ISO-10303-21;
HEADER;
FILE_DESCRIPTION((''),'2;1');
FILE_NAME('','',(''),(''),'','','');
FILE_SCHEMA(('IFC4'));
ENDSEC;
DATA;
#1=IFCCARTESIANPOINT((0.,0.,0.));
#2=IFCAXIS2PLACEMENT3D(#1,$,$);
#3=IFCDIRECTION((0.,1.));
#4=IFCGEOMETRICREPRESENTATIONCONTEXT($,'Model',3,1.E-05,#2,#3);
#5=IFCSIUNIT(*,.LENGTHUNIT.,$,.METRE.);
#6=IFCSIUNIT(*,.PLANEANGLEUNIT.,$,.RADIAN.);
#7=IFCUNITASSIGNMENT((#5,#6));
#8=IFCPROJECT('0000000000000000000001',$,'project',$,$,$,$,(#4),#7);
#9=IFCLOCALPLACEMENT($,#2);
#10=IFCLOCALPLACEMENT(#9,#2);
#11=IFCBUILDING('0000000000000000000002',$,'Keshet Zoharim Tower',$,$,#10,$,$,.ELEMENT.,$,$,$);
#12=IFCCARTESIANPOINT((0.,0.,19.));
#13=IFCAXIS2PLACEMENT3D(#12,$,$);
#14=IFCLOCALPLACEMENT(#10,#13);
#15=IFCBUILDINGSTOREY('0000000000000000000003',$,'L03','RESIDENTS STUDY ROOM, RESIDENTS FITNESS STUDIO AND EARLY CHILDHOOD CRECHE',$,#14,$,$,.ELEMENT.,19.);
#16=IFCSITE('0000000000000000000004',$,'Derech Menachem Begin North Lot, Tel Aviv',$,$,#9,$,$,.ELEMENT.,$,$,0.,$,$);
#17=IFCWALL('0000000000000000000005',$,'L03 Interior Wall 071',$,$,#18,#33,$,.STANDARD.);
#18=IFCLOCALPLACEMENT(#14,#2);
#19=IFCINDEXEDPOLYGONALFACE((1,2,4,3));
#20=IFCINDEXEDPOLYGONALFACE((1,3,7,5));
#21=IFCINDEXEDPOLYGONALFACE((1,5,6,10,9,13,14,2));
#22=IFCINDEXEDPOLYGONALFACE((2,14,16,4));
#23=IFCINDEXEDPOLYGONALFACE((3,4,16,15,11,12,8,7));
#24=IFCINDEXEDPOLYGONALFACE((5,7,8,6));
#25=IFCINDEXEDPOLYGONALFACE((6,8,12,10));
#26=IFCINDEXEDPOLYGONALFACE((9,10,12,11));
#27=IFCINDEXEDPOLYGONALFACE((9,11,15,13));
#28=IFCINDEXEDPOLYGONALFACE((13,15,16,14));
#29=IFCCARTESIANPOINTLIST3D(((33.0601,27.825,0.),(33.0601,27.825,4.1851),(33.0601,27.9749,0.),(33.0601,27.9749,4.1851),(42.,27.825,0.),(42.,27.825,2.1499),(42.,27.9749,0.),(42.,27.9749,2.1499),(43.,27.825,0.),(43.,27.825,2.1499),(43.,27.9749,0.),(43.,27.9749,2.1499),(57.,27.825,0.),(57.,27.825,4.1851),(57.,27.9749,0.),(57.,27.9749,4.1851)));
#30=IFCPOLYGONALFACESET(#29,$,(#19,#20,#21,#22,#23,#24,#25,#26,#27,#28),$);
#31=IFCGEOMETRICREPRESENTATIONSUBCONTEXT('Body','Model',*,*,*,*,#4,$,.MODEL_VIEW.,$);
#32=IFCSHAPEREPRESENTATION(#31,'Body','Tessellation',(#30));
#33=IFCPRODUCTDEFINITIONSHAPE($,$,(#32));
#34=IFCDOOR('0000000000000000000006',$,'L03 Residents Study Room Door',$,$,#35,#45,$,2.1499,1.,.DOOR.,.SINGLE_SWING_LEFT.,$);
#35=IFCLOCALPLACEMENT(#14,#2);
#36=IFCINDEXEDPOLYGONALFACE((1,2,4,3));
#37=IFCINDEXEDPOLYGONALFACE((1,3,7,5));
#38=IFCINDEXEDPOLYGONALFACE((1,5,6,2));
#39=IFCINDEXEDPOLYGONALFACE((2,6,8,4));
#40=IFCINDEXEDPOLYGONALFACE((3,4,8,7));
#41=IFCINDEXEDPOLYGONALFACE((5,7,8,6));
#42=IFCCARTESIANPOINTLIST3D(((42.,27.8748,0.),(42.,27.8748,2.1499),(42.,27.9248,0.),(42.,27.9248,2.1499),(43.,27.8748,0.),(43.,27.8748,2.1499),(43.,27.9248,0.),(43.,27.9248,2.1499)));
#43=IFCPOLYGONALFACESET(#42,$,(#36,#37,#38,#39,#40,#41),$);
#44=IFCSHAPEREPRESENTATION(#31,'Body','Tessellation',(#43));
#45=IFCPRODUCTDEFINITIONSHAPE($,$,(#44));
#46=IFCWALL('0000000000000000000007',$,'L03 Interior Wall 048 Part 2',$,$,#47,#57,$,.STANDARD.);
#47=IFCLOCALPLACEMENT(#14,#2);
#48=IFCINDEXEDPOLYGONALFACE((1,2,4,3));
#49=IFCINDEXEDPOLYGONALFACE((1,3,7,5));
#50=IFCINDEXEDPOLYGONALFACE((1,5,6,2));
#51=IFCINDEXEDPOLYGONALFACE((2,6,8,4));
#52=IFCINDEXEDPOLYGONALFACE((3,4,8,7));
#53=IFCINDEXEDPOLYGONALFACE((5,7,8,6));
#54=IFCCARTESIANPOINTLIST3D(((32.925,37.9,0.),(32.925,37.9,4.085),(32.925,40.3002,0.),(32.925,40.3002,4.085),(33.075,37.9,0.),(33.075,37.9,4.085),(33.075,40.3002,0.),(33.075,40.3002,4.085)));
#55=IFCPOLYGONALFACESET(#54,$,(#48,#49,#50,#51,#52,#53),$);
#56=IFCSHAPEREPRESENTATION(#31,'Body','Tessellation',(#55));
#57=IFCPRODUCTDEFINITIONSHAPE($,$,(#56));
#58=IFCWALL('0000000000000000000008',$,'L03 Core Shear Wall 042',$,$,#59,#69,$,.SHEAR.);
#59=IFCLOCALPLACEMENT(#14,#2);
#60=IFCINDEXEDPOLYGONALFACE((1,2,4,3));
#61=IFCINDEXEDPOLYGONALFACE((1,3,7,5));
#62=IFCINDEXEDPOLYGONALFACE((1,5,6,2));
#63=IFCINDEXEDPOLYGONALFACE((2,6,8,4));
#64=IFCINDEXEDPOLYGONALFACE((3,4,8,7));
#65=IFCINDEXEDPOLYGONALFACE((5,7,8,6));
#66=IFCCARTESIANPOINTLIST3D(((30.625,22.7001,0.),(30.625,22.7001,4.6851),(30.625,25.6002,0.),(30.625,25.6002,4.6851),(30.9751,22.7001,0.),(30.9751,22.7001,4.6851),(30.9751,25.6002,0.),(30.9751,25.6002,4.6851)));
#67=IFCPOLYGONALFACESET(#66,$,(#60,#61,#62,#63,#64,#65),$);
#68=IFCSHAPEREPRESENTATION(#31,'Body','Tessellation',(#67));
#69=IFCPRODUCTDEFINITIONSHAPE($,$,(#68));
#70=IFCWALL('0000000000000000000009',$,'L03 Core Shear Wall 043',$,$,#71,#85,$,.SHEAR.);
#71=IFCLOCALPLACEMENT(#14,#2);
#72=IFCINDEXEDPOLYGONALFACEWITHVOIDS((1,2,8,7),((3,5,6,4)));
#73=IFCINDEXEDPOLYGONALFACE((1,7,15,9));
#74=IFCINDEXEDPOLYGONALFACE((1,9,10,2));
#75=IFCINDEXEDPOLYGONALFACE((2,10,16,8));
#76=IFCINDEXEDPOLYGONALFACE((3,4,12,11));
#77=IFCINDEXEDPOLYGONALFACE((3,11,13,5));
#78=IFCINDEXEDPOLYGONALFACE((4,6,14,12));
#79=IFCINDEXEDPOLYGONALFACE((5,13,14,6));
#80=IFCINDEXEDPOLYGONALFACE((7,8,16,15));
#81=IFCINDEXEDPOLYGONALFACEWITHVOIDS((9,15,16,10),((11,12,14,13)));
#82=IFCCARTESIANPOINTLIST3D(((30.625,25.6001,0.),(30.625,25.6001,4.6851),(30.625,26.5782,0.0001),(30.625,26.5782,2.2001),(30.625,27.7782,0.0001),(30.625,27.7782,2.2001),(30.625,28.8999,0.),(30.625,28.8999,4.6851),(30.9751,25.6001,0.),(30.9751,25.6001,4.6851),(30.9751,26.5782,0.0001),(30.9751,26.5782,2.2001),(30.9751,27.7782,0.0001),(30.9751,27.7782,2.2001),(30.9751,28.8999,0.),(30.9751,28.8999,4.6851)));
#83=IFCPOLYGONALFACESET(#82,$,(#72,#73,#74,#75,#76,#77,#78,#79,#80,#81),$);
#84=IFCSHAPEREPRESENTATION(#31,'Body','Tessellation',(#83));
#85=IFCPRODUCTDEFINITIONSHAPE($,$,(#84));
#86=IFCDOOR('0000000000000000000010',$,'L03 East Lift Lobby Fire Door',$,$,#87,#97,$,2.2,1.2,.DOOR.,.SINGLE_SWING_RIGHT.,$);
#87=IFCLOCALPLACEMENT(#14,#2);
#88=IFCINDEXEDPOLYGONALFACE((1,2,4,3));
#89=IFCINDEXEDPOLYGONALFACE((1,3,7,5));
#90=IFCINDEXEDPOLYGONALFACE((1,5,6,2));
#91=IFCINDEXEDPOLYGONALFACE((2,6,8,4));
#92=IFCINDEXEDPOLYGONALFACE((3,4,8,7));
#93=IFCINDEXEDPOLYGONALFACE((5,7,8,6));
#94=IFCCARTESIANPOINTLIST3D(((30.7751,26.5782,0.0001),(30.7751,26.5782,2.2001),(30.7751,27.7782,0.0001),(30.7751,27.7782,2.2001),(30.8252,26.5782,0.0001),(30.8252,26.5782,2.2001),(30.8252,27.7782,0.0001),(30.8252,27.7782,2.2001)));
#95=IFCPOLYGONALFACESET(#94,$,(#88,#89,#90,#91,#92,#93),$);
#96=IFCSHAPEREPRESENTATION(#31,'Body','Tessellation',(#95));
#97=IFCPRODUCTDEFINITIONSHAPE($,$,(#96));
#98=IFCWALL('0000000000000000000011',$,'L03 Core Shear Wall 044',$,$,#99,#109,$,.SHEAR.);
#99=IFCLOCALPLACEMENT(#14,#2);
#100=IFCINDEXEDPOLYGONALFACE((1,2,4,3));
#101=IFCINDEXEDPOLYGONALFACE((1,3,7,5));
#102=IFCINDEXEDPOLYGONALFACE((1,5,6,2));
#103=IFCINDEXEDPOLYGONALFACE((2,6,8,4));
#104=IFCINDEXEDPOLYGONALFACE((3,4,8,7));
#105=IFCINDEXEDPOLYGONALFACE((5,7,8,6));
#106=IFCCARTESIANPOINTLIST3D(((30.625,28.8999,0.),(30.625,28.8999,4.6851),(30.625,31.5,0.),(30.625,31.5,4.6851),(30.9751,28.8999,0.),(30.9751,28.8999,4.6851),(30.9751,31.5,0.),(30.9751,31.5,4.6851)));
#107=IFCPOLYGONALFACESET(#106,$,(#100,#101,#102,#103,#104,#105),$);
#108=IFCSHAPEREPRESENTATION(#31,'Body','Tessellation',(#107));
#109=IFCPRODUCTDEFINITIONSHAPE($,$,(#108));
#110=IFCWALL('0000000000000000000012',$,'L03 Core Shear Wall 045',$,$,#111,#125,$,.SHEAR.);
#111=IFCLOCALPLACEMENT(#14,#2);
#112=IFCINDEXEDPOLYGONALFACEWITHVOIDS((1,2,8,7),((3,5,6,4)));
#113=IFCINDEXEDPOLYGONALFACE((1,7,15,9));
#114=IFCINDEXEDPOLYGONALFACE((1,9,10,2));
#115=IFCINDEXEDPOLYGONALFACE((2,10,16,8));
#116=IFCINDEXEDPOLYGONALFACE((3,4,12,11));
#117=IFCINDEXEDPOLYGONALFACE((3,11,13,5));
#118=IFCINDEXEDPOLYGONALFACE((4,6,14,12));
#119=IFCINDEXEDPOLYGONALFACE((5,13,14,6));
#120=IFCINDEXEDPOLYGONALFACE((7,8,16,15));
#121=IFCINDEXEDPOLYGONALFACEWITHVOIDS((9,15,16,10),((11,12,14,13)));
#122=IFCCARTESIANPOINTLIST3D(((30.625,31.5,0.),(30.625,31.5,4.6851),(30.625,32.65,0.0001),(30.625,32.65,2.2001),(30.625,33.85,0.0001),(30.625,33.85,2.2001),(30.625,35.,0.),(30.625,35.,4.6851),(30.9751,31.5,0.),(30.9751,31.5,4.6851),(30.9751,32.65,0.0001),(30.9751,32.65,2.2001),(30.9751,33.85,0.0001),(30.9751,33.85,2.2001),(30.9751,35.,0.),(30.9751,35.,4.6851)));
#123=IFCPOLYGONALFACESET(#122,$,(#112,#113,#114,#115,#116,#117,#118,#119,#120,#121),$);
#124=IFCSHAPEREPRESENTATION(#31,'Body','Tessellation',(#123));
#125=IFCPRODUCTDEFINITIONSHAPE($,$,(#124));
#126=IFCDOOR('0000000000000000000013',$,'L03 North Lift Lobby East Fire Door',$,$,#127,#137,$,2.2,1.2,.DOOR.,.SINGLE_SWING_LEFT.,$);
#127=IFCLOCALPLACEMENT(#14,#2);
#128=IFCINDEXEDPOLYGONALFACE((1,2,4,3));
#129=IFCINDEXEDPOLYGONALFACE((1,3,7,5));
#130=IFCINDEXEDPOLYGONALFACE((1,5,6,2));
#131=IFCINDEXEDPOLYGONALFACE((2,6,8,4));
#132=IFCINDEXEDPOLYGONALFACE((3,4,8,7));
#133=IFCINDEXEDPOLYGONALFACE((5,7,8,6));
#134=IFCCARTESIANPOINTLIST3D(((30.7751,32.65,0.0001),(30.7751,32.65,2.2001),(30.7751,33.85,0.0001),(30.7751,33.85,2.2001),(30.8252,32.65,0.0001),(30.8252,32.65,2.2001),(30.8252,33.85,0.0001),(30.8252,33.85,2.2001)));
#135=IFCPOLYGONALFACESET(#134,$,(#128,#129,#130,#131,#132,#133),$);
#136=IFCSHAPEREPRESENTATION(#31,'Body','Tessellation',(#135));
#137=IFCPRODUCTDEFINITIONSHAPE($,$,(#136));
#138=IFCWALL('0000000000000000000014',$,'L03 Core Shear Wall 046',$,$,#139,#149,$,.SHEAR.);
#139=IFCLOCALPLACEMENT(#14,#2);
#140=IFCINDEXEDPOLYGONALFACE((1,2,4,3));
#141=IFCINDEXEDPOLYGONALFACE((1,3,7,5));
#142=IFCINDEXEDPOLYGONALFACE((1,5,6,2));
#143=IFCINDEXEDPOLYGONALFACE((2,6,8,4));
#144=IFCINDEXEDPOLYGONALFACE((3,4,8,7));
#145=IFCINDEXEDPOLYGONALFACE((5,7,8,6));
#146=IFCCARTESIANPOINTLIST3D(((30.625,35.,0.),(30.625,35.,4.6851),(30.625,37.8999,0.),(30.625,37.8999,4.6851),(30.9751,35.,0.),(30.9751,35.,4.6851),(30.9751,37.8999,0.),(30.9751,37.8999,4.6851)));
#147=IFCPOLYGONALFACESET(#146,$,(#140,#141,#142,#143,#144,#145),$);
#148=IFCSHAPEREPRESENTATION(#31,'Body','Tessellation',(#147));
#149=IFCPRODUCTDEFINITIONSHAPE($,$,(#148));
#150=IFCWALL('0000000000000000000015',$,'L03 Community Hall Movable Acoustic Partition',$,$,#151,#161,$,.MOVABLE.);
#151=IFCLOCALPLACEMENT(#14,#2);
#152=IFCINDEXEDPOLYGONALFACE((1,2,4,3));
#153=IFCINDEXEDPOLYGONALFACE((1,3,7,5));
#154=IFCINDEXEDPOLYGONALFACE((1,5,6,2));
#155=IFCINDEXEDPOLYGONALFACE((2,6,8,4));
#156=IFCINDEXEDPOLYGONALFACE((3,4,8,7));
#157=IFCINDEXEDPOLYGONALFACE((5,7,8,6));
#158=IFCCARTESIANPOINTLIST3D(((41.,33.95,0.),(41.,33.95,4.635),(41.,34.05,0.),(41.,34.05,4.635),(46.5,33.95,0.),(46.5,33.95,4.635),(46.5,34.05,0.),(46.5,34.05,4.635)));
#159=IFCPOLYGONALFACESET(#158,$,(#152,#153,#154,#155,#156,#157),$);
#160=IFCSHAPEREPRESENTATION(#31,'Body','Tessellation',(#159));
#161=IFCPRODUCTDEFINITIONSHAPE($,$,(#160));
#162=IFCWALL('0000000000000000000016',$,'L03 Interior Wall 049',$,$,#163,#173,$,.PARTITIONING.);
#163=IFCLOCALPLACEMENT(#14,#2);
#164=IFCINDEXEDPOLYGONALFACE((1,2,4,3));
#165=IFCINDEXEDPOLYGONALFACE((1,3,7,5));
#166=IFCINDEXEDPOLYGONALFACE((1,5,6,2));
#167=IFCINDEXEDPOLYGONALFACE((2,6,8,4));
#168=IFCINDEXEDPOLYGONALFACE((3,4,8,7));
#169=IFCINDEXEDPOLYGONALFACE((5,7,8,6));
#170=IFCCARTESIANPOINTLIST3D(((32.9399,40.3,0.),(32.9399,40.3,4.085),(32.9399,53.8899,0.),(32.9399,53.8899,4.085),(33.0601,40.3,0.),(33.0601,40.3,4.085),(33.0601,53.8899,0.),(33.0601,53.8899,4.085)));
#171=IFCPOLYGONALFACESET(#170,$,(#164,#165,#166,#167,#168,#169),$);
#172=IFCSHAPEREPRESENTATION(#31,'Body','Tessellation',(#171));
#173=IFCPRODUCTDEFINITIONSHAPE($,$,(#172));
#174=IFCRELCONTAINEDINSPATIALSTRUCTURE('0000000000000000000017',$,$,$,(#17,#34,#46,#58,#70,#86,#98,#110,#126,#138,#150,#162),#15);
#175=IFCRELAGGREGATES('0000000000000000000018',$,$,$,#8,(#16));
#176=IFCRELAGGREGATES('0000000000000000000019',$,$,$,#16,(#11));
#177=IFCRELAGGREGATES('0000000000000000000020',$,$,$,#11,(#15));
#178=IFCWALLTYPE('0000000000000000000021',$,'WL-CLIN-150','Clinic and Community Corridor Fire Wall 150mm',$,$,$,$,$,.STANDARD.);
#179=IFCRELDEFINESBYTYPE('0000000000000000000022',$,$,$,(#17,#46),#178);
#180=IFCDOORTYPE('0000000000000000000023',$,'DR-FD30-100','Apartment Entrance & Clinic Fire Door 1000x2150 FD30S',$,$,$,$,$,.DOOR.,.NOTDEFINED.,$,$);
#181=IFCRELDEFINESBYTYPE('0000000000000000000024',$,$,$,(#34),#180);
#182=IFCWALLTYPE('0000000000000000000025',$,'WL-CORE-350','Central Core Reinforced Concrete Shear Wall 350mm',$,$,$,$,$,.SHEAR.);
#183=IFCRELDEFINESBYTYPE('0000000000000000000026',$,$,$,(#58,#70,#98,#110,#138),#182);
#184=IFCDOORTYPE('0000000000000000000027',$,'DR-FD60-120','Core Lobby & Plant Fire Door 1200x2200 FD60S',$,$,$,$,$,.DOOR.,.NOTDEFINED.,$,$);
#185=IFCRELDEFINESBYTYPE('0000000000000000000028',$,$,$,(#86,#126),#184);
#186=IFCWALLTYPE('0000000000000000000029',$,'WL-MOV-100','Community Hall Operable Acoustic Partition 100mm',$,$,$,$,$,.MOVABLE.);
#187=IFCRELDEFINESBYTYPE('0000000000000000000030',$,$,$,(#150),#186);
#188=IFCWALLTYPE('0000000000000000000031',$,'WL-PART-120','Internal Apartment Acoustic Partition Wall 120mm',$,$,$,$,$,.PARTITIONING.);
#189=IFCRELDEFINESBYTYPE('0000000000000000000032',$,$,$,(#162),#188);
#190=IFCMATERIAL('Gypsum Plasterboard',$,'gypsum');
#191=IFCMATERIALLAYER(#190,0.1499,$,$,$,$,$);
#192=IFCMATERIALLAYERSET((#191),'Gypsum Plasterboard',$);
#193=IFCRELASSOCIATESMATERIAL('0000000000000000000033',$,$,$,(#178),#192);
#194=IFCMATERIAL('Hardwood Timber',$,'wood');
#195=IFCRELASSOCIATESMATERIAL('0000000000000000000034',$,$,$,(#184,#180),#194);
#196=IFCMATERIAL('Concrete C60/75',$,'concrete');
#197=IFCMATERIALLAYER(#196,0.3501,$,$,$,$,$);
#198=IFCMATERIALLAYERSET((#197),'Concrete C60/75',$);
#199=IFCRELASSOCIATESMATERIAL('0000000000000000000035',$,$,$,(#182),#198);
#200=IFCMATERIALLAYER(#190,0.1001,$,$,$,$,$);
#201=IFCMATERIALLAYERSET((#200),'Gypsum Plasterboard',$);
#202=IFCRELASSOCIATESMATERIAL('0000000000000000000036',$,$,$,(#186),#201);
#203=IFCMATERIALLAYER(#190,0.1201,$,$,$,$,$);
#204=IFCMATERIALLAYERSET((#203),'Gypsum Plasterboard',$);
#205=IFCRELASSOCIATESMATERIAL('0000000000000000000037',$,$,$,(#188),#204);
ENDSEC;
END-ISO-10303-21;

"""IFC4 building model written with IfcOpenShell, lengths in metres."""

from ifc_helpers import new_model, si_unit, direction, frame, frame_2d, origin, place, context, subcontext, project, spatial, rectangle, extrude, material, layer, layer_set, type_object, element, fill, save


model = new_model("IFC4")

# Units and contexts
model_context = context("Model", 3, precision=1e-05, world=origin(), true_north=direction((0.0, 1.0)))
body_context = subcontext(model_context, "Body", "Model", "MODEL_VIEW")
ifc_project = project(units=[si_unit("LENGTHUNIT", "METRE"), si_unit("PLANEANGLEUNIT", "RADIAN")], contexts=[model_context])

# Site, building, storey
site_placement = place(None, origin())
site = spatial("IfcSite", under=ifc_project, at=site_placement, Name="Derech Menachem Begin North Lot, Tel Aviv", CompositionType="ELEMENT", RefElevation=0.0)
building_placement = place(site_placement, origin())
building = spatial("IfcBuilding", under=site, at=building_placement, Name="Keshet Zoharim Tower", CompositionType="ELEMENT")
storey_placement = place(building_placement, frame((0.0, 0.0, 19.0)))
storey = spatial("IfcBuildingStorey", under=building, at=storey_placement, Name="L03", Description="RESIDENTS STUDY ROOM, RESIDENTS FITNESS STUDIO AND EARLY CHILDHOOD CRECHE", CompositionType="ELEMENT", Elevation=19.0)

# Shared definitions
ifc_material_1 = material(Name="Concrete C60/75", Category="concrete")

# Shared definitions
ifc_material_2 = material(Name="Gypsum Plasterboard", Category="gypsum")
ifc_layer_1 = layer(ifc_material_2, 0.1499)
ifc_layer_set_1 = layer_set([ifc_layer_1], Name="Gypsum Plasterboard")
wall_type_1 = type_object("IfcWallType", Name="WL-CLIN-150", Description="Clinic and Community Corridor Fire Wall 150mm", PredefinedType="STANDARD", material=ifc_layer_set_1)

# Wall, opening, door
ifc_material_3 = material(Name="Hardwood Timber", Category="wood")
door_type_1 = type_object("IfcDoorType", Name="DR-FD60-120", Description="Core Lobby & Plant Fire Door 1200x2200 FD60S", OperationType="NOTDEFINED", PredefinedType="DOOR", material=ifc_material_3)
wall_1_placement = place(storey_placement, frame((33.0601, 27.8999, 0.0), z_axis=(0.0, 0.0, 1.0), x_axis=(1.0, 0.0, 0.0)))
wall_1 = element("IfcWall", 1, at=wall_1_placement, inside=storey, type_object=wall_type_1, Name="L03 Interior Wall 071", PredefinedType="STANDARD", context=body_context, shape_type="SweptSolid", body=[
    extrude(rectangle(XDim=23.9399, YDim=0.1499, at=frame_2d((11.97, 0.0))), origin(), (0.0, 0.0, 1.0), 4.1851),
])
opening_1_placement = place(wall_1_placement, frame((8.9399, 0.0, 0.0)))
opening_1 = element("IfcOpeningElement", 2, at=opening_1_placement, cuts=wall_1, PredefinedType="OPENING", context=body_context, shape_type="SweptSolid", body=[
    extrude(rectangle(XDim=1.0, YDim=2.1499, at=frame_2d((0.5, 1.075))), frame((0.0, 0.085, 0.0), z_axis=(0.0, -1.0, 0.0), x_axis=(1.0, 0.0, 0.0)), (0.0, 0.0, 1.0), 0.1699),
])
door_type_2 = type_object("IfcDoorType", Name="DR-FD30-100", Description="Apartment Entrance & Clinic Fire Door 1000x2150 FD30S", OperationType="NOTDEFINED", PredefinedType="DOOR", material=ifc_material_3)
door_1_placement = place(opening_1_placement, origin())
door_1 = element("IfcDoor", 3, at=door_1_placement, inside=storey, type_object=door_type_2, Name="L03 Residents Study Room Door", OperationType="SINGLE_SWING_LEFT", OverallHeight=2.1499, OverallWidth=1.0, PredefinedType="DOOR", context=body_context, shape_type="SweptSolid", body=[
    extrude(rectangle(XDim=1.0, YDim=2.1499, at=frame_2d((0.5, 1.075))), frame((0.0, 0.0249, 0.0), z_axis=(0.0, -1.0, 0.0), x_axis=(1.0, 0.0, 0.0)), (0.0, 0.0, 1.0), 0.05),
])
fill(opening_1, door_1)

# Walls
wall_2_placement = place(storey_placement, frame((33.0, 37.8999, 0.0), z_axis=(0.0, 0.0, 1.0), x_axis=(0.0, 1.0, 0.0)))
element("IfcWall", 4, at=wall_2_placement, inside=storey, type_object=wall_type_1, Name="L03 Interior Wall 048 Part 2", PredefinedType="STANDARD", context=body_context, shape_type="SweptSolid", body=[
    extrude(rectangle(XDim=2.4001, YDim=0.1499, at=frame_2d((1.2002, 0.0))), origin(), (0.0, 0.0, 1.0), 4.085),
])
ifc_layer_2 = layer(ifc_material_1, 0.3501)
ifc_layer_set_2 = layer_set([ifc_layer_2], Name="Concrete C60/75")
wall_type_2 = type_object("IfcWallType", Name="WL-CORE-350", Description="Central Core Reinforced Concrete Shear Wall 350mm", PredefinedType="SHEAR", material=ifc_layer_set_2)
wall_3_placement = place(storey_placement, frame((30.8, 22.7, 0.0), z_axis=(0.0, 0.0, 1.0), x_axis=(0.0, 1.0, 0.0)))
element("IfcWall", 5, at=wall_3_placement, inside=storey, type_object=wall_type_2, Name="L03 Core Shear Wall 042", PredefinedType="SHEAR", context=body_context, shape_type="SweptSolid", body=[
    extrude(rectangle(XDim=2.9001, YDim=0.3501, at=frame_2d((1.4502, 0.0))), origin(), (0.0, 0.0, 1.0), 4.6851),
])

# Wall, opening, door
wall_4_placement = place(storey_placement, frame((30.8, 25.6001, 0.0), z_axis=(0.0, 0.0, 1.0), x_axis=(0.0, 1.0, 0.0)))
wall_4 = element("IfcWall", 6, at=wall_4_placement, inside=storey, type_object=wall_type_2, Name="L03 Core Shear Wall 043", PredefinedType="SHEAR", context=body_context, shape_type="SweptSolid", body=[
    extrude(rectangle(XDim=3.2998, YDim=0.3501, at=frame_2d((1.6499, 0.0))), origin(), (0.0, 0.0, 1.0), 4.6851),
])
opening_2_placement = place(wall_4_placement, frame((0.978, 0.0, 0.0)))
opening_2 = element("IfcOpeningElement", 7, at=opening_2_placement, cuts=wall_4, PredefinedType="OPENING", context=body_context, shape_type="SweptSolid", body=[
    extrude(rectangle(XDim=1.2, YDim=2.2, at=frame_2d((0.6001, 1.1001))), frame((0.0, 0.1851, 0.0), z_axis=(0.0, -1.0, 0.0), x_axis=(1.0, 0.0, 0.0)), (0.0, 0.0, 1.0), 0.3701),
])
door_2_placement = place(opening_2_placement, origin())
door_2 = element("IfcDoor", 8, at=door_2_placement, inside=storey, type_object=door_type_1, Name="L03 East Lift Lobby Fire Door", OperationType="SINGLE_SWING_RIGHT", OverallHeight=2.2, OverallWidth=1.2, PredefinedType="DOOR", context=body_context, shape_type="SweptSolid", body=[
    extrude(rectangle(XDim=1.2, YDim=2.2, at=frame_2d((0.6001, 1.1001))), frame((0.0, 0.0249, 0.0), z_axis=(0.0, -1.0, 0.0), x_axis=(1.0, 0.0, 0.0)), (0.0, 0.0, 1.0), 0.05),
])
fill(opening_2, door_2)

# Wall
wall_5_placement = place(storey_placement, frame((30.8, 28.8999, 0.0), z_axis=(0.0, 0.0, 1.0), x_axis=(0.0, 1.0, 0.0)))
element("IfcWall", 9, at=wall_5_placement, inside=storey, type_object=wall_type_2, Name="L03 Core Shear Wall 044", PredefinedType="SHEAR", context=body_context, shape_type="SweptSolid", body=[
    extrude(rectangle(XDim=2.6001, YDim=0.3501, at=frame_2d((1.3, 0.0))), origin(), (0.0, 0.0, 1.0), 4.6851),
])

# Wall, opening, door
wall_6_placement = place(storey_placement, frame((30.8, 31.5, 0.0), z_axis=(0.0, 0.0, 1.0), x_axis=(0.0, 1.0, 0.0)))
wall_6 = element("IfcWall", 10, at=wall_6_placement, inside=storey, type_object=wall_type_2, Name="L03 Core Shear Wall 045", PredefinedType="SHEAR", context=body_context, shape_type="SweptSolid", body=[
    extrude(rectangle(XDim=3.5, YDim=0.3501, at=frame_2d((1.75, 0.0))), origin(), (0.0, 0.0, 1.0), 4.6851),
])
opening_3_placement = place(wall_6_placement, frame((1.1499, 0.0, 0.0)))
opening_3 = element("IfcOpeningElement", 11, at=opening_3_placement, cuts=wall_6, PredefinedType="OPENING", context=body_context, shape_type="SweptSolid", body=[
    extrude(rectangle(XDim=1.2, YDim=2.2, at=frame_2d((0.6001, 1.1001))), frame((0.0, 0.1851, 0.0), z_axis=(0.0, -1.0, 0.0), x_axis=(1.0, 0.0, 0.0)), (0.0, 0.0, 1.0), 0.3701),
])
door_3_placement = place(opening_3_placement, origin())
door_3 = element("IfcDoor", 12, at=door_3_placement, inside=storey, type_object=door_type_1, Name="L03 North Lift Lobby East Fire Door", OperationType="SINGLE_SWING_LEFT", OverallHeight=2.2, OverallWidth=1.2, PredefinedType="DOOR", context=body_context, shape_type="SweptSolid", body=[
    extrude(rectangle(XDim=1.2, YDim=2.2, at=frame_2d((0.6001, 1.1001))), frame((0.0, 0.0249, 0.0), z_axis=(0.0, -1.0, 0.0), x_axis=(1.0, 0.0, 0.0)), (0.0, 0.0, 1.0), 0.05),
])
fill(opening_3, door_3)

# Walls
wall_7_placement = place(storey_placement, frame((30.8, 35.0, 0.0), z_axis=(0.0, 0.0, 1.0), x_axis=(0.0, 1.0, 0.0)))
element("IfcWall", 13, at=wall_7_placement, inside=storey, type_object=wall_type_2, Name="L03 Core Shear Wall 046", PredefinedType="SHEAR", context=body_context, shape_type="SweptSolid", body=[
    extrude(rectangle(XDim=2.8999, YDim=0.3501, at=frame_2d((1.45, 0.0))), origin(), (0.0, 0.0, 1.0), 4.6851),
])
ifc_layer_3 = layer(ifc_material_2, 0.1001)
ifc_layer_set_3 = layer_set([ifc_layer_3], Name="Gypsum Plasterboard")
wall_type_3 = type_object("IfcWallType", Name="WL-MOV-100", Description="Community Hall Operable Acoustic Partition 100mm", PredefinedType="MOVABLE", material=ifc_layer_set_3)
wall_8_placement = place(storey_placement, frame((41.0, 34.0, 0.0), z_axis=(0.0, 0.0, 1.0), x_axis=(1.0, 0.0, 0.0)))
element("IfcWall", 14, at=wall_8_placement, inside=storey, type_object=wall_type_3, Name="L03 Community Hall Movable Acoustic Partition", PredefinedType="MOVABLE", context=body_context, shape_type="SweptSolid", body=[
    extrude(rectangle(XDim=5.5, YDim=0.1001, at=frame_2d((2.75, 0.0))), origin(), (0.0, 0.0, 1.0), 4.635),
])
ifc_layer_4 = layer(ifc_material_2, 0.1201)
ifc_layer_set_4 = layer_set([ifc_layer_4], Name="Gypsum Plasterboard")
wall_type_4 = type_object("IfcWallType", Name="WL-PART-120", Description="Internal Apartment Acoustic Partition Wall 120mm", PredefinedType="PARTITIONING", material=ifc_layer_set_4)
wall_9_placement = place(storey_placement, frame((33.0, 40.3, 0.0), z_axis=(0.0, 0.0, 1.0), x_axis=(0.0, 1.0, 0.0)))
element("IfcWall", 15, at=wall_9_placement, inside=storey, type_object=wall_type_4, Name="L03 Interior Wall 049", PredefinedType="PARTITIONING", context=body_context, shape_type="SweptSolid", body=[
    extrude(rectangle(XDim=13.5898, YDim=0.1201, at=frame_2d((6.7949, 0.0))), origin(), (0.0, 0.0, 1.0), 4.085),
])

save(model, "model.ifc")
